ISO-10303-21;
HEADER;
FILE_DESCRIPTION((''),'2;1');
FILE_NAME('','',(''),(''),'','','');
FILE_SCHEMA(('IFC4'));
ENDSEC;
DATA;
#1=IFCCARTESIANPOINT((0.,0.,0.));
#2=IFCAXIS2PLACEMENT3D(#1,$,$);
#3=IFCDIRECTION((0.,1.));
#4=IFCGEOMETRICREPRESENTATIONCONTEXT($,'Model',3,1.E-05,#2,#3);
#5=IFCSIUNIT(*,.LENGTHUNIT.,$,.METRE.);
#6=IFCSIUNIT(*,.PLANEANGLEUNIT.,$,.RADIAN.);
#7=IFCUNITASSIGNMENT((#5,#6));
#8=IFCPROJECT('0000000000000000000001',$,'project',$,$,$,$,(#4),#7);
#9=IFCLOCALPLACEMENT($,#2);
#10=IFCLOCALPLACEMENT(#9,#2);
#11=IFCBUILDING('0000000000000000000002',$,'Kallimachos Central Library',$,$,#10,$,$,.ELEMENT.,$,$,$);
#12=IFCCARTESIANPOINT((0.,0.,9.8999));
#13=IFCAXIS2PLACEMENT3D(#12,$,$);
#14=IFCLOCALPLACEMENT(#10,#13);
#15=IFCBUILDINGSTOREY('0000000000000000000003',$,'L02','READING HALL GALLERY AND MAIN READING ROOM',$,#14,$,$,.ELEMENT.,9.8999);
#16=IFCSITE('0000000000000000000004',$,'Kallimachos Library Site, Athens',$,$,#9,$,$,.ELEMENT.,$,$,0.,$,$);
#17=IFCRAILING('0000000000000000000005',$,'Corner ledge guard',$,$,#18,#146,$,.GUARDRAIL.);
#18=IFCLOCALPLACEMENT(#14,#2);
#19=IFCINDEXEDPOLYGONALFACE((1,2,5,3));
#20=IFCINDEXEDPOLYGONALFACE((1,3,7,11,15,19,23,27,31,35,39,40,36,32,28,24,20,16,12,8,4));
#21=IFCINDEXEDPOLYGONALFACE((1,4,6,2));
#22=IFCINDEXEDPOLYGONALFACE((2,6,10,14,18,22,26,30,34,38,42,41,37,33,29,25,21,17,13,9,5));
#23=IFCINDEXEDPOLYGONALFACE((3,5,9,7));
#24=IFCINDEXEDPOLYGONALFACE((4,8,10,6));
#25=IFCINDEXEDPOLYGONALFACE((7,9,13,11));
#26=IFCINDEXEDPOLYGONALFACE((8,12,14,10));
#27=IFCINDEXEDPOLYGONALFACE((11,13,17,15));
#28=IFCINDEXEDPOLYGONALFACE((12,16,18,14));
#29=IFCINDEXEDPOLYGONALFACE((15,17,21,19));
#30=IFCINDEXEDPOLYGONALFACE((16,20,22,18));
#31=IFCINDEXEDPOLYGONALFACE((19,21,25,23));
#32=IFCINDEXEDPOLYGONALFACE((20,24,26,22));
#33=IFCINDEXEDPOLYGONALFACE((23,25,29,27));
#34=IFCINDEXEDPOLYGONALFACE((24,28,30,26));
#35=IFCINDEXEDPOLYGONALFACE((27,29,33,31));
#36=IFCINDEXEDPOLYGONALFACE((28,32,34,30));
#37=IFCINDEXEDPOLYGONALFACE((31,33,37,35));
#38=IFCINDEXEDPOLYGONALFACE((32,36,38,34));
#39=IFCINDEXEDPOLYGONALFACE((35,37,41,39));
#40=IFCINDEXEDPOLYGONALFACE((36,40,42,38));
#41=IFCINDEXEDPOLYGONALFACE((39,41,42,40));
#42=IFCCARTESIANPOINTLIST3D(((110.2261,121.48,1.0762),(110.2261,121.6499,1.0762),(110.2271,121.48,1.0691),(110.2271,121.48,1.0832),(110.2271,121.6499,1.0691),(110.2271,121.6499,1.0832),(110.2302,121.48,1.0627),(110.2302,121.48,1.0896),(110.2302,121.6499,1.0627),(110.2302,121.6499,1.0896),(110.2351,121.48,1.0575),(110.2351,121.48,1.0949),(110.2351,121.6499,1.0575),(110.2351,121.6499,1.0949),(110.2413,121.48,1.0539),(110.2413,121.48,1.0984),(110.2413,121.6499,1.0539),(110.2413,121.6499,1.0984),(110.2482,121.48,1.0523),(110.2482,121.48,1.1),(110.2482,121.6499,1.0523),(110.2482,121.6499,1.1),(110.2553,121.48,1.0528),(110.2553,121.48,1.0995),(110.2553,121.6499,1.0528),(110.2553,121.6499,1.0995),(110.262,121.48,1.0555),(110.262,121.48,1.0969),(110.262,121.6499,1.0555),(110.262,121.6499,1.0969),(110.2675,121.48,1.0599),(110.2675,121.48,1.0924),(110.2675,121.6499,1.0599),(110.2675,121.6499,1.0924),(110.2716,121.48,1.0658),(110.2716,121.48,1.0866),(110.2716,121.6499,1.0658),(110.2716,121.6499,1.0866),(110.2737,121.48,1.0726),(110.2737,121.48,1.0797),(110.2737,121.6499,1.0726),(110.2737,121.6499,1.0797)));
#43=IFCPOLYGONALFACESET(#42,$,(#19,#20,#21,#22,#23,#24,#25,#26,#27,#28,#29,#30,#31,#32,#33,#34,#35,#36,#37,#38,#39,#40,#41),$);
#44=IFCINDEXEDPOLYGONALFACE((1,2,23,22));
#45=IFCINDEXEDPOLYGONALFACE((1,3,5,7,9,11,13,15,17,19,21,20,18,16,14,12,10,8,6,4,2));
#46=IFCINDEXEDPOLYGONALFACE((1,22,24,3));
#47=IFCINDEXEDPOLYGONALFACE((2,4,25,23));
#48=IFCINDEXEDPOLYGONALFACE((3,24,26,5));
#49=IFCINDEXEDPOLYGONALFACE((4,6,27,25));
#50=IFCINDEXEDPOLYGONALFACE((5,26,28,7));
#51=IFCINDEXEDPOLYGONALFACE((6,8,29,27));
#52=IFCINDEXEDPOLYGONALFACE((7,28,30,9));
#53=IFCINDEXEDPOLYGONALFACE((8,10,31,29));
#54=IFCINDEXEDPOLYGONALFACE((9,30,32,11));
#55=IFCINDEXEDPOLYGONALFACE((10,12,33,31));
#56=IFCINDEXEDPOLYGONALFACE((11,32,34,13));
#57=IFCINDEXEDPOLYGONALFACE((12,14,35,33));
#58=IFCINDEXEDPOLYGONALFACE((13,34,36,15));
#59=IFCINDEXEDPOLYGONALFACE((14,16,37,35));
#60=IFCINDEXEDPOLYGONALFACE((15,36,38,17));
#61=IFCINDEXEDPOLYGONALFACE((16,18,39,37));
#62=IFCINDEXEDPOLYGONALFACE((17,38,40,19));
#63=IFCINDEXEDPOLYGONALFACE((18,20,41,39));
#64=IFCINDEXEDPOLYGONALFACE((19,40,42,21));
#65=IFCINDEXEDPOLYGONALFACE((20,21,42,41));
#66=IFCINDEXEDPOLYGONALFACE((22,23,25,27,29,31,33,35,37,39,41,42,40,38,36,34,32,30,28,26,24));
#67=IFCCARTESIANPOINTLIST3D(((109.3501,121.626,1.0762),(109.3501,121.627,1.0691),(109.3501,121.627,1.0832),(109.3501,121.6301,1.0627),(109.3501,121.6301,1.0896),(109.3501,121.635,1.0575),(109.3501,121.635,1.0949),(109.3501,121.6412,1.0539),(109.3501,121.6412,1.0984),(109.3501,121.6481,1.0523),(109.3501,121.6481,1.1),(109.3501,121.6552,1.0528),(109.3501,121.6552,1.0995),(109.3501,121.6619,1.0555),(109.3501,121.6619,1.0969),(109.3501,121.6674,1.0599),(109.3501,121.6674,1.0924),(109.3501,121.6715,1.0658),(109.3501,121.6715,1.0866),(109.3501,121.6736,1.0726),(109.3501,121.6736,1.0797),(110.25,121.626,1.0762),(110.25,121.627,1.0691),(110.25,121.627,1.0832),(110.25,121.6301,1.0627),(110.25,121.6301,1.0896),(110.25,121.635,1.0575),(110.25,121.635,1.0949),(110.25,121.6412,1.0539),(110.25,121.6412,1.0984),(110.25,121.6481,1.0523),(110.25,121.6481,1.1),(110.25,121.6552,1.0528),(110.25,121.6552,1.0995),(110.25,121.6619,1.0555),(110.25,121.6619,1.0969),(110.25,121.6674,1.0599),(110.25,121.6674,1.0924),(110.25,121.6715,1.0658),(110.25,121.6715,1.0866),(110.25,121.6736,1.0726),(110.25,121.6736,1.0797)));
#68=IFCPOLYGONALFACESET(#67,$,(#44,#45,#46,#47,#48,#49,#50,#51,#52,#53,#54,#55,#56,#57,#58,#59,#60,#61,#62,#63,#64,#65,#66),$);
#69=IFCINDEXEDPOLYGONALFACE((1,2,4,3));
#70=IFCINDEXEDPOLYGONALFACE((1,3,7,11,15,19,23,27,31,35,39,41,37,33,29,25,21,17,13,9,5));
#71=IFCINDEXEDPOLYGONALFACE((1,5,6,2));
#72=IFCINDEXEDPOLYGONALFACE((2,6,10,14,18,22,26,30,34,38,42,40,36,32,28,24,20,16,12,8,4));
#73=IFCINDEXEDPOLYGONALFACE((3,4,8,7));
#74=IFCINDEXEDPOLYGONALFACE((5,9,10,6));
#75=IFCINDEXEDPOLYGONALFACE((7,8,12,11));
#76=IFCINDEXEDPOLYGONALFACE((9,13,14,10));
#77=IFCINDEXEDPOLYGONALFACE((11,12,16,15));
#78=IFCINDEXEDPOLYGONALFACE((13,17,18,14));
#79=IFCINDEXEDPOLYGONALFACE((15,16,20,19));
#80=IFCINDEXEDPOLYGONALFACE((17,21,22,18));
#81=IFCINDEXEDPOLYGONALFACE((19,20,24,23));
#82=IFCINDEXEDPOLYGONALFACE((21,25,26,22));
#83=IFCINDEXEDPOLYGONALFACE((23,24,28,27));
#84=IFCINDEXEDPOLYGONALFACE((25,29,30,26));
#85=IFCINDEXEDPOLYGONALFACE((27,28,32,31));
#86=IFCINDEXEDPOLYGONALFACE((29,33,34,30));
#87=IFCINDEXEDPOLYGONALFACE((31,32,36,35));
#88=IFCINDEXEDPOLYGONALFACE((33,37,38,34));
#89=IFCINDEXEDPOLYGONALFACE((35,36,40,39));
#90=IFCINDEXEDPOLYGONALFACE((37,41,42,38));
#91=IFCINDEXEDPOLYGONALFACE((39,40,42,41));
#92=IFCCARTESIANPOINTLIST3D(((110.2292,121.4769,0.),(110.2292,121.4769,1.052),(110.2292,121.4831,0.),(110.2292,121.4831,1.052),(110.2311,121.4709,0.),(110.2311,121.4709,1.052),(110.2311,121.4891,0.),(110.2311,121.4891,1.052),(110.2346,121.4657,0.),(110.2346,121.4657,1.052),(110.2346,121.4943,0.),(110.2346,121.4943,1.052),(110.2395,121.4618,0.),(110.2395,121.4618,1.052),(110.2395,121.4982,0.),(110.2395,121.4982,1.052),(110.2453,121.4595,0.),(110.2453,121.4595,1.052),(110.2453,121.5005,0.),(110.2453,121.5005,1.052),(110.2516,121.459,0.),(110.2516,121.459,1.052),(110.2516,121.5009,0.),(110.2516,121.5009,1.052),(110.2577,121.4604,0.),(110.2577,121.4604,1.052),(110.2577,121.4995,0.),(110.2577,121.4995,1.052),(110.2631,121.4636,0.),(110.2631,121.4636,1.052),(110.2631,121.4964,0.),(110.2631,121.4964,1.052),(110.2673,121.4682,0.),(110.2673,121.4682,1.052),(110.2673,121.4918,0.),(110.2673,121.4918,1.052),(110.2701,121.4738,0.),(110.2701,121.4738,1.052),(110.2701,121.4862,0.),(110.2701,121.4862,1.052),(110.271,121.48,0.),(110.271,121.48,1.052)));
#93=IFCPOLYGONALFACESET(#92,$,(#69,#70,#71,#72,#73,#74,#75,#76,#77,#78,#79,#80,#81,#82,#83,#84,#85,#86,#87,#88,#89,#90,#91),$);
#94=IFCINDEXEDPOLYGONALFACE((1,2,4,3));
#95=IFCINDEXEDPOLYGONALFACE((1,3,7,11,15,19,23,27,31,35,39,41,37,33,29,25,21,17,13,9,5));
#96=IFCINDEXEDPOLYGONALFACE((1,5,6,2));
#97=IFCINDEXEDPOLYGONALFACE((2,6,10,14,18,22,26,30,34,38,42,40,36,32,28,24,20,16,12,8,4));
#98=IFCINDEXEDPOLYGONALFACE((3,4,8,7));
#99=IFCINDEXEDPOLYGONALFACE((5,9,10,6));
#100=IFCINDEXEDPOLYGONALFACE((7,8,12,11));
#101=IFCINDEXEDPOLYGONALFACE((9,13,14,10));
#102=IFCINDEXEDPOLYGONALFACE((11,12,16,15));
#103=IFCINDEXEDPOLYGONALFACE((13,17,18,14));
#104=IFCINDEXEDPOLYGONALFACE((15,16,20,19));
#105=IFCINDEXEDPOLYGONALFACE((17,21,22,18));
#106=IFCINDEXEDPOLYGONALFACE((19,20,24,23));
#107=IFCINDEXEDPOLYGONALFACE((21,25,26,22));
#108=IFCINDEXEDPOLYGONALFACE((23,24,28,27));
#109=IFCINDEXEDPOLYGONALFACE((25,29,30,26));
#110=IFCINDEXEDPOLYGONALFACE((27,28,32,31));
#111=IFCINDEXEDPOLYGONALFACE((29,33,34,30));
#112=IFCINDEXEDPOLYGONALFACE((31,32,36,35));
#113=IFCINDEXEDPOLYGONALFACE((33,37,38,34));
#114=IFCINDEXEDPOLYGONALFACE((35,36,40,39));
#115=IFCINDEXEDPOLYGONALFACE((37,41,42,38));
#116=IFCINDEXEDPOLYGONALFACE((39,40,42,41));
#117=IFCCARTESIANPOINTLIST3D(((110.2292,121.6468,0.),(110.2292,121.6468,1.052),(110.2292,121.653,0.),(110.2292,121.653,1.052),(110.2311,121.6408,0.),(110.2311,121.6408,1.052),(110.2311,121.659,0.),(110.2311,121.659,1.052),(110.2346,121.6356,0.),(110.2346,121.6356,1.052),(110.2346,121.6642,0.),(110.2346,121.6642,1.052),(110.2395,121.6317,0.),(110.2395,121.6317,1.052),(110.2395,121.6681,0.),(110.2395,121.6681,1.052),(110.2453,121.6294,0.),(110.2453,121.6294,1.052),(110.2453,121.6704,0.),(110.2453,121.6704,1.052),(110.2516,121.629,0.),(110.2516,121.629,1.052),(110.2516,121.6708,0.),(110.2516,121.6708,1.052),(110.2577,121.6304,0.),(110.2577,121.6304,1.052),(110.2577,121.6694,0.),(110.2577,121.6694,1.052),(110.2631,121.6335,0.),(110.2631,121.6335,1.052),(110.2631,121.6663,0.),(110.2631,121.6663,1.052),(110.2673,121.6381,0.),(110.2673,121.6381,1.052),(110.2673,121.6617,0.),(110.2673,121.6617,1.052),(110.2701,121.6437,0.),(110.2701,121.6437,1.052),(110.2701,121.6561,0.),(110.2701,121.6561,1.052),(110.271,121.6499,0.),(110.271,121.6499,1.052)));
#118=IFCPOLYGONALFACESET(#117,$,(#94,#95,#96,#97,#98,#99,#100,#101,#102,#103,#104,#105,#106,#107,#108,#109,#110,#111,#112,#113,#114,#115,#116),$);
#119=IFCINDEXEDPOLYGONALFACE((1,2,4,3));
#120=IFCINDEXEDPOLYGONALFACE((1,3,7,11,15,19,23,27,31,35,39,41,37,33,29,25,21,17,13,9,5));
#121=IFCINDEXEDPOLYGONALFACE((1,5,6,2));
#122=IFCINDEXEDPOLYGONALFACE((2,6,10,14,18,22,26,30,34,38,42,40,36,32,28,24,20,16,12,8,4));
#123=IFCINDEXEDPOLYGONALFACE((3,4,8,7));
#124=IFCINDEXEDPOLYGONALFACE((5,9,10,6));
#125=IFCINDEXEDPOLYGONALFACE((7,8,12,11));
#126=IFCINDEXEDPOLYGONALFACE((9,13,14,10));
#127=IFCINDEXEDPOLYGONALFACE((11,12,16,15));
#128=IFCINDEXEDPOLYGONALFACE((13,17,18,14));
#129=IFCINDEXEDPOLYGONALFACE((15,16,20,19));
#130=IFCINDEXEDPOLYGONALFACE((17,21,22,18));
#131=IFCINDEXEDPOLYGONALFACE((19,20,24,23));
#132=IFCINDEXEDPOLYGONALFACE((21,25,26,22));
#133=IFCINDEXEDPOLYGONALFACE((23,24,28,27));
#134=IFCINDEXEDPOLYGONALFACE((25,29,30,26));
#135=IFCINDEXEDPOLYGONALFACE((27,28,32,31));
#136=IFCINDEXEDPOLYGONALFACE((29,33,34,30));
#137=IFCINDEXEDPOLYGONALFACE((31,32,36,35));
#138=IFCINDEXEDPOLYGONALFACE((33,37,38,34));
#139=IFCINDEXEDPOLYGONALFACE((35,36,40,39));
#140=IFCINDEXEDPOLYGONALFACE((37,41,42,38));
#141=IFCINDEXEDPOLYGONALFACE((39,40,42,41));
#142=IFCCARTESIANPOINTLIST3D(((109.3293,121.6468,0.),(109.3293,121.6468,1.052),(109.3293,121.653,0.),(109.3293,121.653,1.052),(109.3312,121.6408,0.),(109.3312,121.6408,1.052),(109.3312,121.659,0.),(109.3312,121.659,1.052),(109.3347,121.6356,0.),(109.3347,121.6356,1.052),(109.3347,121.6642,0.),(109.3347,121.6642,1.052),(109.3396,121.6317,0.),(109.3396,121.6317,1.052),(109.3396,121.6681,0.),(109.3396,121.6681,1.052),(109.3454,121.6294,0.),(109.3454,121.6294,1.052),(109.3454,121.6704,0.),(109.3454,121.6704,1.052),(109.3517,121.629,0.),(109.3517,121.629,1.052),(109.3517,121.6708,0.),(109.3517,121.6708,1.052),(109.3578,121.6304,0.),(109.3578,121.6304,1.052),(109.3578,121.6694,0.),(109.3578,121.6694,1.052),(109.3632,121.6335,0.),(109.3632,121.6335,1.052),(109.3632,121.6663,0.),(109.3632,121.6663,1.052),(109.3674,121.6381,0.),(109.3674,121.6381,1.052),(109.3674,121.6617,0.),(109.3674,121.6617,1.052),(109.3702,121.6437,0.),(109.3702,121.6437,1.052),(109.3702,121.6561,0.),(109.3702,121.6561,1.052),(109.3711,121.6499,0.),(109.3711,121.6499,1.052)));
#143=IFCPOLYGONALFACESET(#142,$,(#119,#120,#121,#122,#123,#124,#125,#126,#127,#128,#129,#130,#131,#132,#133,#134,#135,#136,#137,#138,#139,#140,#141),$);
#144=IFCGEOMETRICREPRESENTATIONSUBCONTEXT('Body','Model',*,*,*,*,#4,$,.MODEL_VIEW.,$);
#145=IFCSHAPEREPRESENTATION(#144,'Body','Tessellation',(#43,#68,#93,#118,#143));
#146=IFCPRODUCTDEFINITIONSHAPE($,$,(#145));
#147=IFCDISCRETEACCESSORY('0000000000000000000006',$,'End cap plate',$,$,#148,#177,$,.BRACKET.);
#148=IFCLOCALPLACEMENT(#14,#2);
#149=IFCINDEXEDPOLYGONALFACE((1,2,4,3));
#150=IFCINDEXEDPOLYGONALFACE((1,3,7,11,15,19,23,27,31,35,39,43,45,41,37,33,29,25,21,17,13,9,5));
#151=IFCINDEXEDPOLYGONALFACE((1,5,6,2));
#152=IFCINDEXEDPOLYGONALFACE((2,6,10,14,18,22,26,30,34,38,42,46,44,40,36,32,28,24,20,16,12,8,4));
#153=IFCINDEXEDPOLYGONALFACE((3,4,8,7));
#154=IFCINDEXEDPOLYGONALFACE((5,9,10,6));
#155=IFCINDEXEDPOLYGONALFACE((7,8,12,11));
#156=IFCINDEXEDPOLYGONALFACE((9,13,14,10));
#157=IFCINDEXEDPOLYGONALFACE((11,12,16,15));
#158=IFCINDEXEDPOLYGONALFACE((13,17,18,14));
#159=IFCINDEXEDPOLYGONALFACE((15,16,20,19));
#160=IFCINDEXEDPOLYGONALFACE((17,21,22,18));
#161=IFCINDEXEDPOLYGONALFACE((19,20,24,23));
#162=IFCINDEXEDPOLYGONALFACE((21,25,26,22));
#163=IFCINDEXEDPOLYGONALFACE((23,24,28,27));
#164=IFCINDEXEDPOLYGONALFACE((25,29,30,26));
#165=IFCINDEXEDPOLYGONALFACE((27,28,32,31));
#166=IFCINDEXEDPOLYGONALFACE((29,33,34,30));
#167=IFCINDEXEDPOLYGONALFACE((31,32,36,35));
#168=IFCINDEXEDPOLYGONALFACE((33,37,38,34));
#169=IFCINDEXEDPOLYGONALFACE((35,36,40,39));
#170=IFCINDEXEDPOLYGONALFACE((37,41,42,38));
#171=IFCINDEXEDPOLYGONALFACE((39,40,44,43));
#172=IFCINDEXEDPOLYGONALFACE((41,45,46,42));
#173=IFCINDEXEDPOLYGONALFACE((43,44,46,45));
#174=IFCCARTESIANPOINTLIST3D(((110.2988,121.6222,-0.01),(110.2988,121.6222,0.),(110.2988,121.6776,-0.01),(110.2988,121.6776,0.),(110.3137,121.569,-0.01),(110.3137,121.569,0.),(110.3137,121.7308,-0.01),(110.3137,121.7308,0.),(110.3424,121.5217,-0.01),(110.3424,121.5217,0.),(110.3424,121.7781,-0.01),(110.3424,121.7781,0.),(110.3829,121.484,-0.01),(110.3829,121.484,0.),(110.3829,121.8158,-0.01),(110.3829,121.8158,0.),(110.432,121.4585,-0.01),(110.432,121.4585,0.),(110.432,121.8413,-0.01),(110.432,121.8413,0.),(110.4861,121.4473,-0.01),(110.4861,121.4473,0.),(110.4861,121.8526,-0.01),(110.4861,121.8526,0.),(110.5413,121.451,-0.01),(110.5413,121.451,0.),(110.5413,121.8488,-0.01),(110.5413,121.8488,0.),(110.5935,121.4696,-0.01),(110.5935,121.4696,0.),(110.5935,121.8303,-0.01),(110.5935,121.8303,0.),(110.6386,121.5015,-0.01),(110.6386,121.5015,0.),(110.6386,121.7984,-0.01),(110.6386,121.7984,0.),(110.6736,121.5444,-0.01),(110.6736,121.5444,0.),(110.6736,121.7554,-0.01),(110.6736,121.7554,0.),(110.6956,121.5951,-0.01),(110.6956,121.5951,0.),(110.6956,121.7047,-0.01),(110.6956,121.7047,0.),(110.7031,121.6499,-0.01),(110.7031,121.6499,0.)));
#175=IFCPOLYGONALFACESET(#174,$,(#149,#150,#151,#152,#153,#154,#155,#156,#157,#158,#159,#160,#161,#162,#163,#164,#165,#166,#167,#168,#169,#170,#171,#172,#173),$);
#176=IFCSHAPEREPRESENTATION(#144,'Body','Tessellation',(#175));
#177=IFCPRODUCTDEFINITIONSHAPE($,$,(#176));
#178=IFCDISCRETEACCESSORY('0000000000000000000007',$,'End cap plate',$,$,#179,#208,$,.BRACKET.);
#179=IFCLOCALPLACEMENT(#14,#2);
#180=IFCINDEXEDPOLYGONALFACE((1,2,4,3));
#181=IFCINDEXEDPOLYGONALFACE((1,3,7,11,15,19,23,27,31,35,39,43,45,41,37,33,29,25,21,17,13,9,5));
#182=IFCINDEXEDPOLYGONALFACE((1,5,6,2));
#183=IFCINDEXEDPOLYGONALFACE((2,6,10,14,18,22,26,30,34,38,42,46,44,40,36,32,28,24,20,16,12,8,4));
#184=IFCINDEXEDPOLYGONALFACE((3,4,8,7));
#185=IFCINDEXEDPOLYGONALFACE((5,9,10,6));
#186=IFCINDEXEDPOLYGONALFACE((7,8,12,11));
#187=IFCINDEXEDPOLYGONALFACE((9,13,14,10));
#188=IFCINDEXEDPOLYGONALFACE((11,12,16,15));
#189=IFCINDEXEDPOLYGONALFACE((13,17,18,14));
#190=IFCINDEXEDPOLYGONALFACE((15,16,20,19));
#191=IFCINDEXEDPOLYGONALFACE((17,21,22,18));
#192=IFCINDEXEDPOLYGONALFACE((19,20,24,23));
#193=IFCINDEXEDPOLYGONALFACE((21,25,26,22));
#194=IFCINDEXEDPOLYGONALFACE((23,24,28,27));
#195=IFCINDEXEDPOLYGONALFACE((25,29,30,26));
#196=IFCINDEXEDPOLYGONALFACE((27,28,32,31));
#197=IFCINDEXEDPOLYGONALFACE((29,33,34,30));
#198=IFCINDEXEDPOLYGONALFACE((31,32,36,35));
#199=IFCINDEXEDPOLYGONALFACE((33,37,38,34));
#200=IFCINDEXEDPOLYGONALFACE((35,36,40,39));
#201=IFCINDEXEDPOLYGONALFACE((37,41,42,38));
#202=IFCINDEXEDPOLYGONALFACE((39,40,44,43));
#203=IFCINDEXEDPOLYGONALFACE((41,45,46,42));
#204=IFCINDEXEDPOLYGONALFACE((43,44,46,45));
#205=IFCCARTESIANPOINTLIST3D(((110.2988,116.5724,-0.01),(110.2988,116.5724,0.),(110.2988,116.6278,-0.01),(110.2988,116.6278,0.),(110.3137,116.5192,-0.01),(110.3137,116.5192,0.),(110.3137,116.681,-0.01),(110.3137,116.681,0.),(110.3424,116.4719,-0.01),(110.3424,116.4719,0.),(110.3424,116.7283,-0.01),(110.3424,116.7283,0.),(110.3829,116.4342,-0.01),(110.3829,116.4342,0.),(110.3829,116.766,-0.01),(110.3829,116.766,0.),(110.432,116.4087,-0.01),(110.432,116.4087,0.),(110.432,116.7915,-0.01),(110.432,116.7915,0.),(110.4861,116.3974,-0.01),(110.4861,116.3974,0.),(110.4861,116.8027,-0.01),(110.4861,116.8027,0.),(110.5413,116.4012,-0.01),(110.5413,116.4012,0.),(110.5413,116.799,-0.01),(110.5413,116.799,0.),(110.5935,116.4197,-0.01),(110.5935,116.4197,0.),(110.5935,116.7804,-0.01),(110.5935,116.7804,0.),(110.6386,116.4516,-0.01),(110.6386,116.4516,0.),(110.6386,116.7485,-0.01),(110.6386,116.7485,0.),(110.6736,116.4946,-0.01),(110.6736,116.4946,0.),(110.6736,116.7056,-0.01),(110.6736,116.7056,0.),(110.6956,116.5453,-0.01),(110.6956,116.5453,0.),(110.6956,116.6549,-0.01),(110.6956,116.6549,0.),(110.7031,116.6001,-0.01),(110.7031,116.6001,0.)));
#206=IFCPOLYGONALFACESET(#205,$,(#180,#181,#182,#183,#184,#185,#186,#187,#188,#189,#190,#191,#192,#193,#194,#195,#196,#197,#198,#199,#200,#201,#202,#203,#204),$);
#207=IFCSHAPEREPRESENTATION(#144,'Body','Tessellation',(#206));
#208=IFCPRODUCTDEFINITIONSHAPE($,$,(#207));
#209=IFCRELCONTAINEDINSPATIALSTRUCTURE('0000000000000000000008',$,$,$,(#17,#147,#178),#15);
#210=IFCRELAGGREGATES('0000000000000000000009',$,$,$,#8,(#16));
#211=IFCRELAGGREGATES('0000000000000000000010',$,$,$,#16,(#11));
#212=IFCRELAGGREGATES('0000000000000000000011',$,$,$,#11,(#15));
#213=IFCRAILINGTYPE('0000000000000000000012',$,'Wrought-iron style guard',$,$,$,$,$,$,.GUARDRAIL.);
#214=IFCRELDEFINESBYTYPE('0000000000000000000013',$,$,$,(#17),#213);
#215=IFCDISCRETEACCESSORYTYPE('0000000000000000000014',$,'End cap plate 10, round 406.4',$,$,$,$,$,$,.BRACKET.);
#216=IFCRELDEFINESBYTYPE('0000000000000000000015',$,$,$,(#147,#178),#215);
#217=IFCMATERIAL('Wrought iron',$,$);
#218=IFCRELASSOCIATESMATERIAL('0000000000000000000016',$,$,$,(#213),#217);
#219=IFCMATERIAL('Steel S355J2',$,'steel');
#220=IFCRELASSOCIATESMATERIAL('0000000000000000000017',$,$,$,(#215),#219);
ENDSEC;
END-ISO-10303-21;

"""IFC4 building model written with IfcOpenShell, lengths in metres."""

from ifc_helpers import new_model, si_unit, direction, frame, origin, origin_2d, place, context, subcontext, project, spatial, circle, extrude, material, material_profile, profile_set, type_object, element, save


model = new_model("IFC4")

# Units and contexts
model_context = context("Model", 3, precision=1e-05, world=origin(), true_north=direction((0.0, 1.0)))
body_context = subcontext(model_context, "Body", "Model", "MODEL_VIEW")
ifc_project = project(units=[si_unit("LENGTHUNIT", "METRE"), si_unit("PLANEANGLEUNIT", "RADIAN")], contexts=[model_context])

# Site, building, storey
site_placement = place(None, origin())
site = spatial("IfcSite", under=ifc_project, at=site_placement, Name="Kallimachos Library Site, Athens", CompositionType="ELEMENT", RefElevation=0.0)
building_placement = place(site_placement, origin())
building = spatial("IfcBuilding", under=site, at=building_placement, Name="Kallimachos Central Library", CompositionType="ELEMENT")
storey_placement = place(building_placement, frame((0.0, 0.0, 9.8999)))
storey = spatial("IfcBuildingStorey", under=building, at=storey_placement, Name="L02", Description="READING HALL GALLERY AND MAIN READING ROOM", CompositionType="ELEMENT", Elevation=9.8999)

# Railing
ifc_material_1 = material(Name="Wrought iron")
railing_type = type_object("IfcRailingType", Name="Wrought-iron style guard", PredefinedType="GUARDRAIL", material=ifc_material_1)
railing_placement = place(storey_placement, frame((110.25, 121.48, 0.0)))
element("IfcRailing", 1, at=railing_placement, inside=storey, type_object=railing_type, Name="Corner ledge guard", PredefinedType="GUARDRAIL", context=body_context, shape_type="SweptSolid", body=[
    extrude(circle(Radius=0.0239, at=origin_2d()), frame((0.0, 0.0, 1.0762), z_axis=(0.0, 1.0, 0.0), x_axis=(-1.0, 0.0, 0.0)), (0.0, 0.0, 1.0), 0.1699),
    extrude(circle(Radius=0.0239, at=origin_2d()), frame((0.0, 0.1699, 1.0762), z_axis=(-1.0, 0.0, 0.0), x_axis=(0.0, -1.0, 0.0)), (0.0, 0.0, 1.0), 0.8999),
    extrude(circle(Radius=0.021, at=origin_2d()), origin(), (0.0, 0.0, 1.0), 1.052),
    extrude(circle(Radius=0.021, at=origin_2d()), frame((0.0, 0.1699, 0.0)), (0.0, 0.0, 1.0), 1.052),
    extrude(circle(Radius=0.021, at=origin_2d()), frame((-0.8999, 0.1699, 0.0)), (0.0, 0.0, 1.0), 1.052),
])

# Discrete accessories
ifc_material_2 = material(Name="Steel S355J2", Category="steel")
ifc_material_profile_1 = material_profile(ifc_material_2, circle(Radius=0.2031, at=origin_2d()), Name="End cap plate 10, round 406.4")
ifc_profile_set_1 = profile_set([ifc_material_profile_1], Name="Steel S355J2")
discrete_accessory_type = type_object("IfcDiscreteAccessoryType", Name="End cap plate 10, round 406.4", PredefinedType="BRACKET", material=ifc_profile_set_1)
for number, where, z_axis, x_axis, name in (
    (2, (110.5, 121.6499, -0.01), (0.0, 0.0, 1.0), (1.0, 0.0, 0.0), "End cap plate"),
    (3, (110.5, 116.6001, -0.01), (0.0, 0.0, 1.0), (1.0, 0.0, 0.0), "End cap plate"),
):
    element("IfcDiscreteAccessory", number, at=place(storey_placement, frame(where, z_axis=z_axis, x_axis=x_axis)), inside=storey, type_object=discrete_accessory_type, Name=name, PredefinedType="BRACKET", context=body_context, shape_type="SweptSolid", body=[
        extrude(circle(Radius=0.2031, at=origin_2d()), origin(), (0.0, 0.0, 1.0), 0.01),
    ])

save(model, "model.ifc")
